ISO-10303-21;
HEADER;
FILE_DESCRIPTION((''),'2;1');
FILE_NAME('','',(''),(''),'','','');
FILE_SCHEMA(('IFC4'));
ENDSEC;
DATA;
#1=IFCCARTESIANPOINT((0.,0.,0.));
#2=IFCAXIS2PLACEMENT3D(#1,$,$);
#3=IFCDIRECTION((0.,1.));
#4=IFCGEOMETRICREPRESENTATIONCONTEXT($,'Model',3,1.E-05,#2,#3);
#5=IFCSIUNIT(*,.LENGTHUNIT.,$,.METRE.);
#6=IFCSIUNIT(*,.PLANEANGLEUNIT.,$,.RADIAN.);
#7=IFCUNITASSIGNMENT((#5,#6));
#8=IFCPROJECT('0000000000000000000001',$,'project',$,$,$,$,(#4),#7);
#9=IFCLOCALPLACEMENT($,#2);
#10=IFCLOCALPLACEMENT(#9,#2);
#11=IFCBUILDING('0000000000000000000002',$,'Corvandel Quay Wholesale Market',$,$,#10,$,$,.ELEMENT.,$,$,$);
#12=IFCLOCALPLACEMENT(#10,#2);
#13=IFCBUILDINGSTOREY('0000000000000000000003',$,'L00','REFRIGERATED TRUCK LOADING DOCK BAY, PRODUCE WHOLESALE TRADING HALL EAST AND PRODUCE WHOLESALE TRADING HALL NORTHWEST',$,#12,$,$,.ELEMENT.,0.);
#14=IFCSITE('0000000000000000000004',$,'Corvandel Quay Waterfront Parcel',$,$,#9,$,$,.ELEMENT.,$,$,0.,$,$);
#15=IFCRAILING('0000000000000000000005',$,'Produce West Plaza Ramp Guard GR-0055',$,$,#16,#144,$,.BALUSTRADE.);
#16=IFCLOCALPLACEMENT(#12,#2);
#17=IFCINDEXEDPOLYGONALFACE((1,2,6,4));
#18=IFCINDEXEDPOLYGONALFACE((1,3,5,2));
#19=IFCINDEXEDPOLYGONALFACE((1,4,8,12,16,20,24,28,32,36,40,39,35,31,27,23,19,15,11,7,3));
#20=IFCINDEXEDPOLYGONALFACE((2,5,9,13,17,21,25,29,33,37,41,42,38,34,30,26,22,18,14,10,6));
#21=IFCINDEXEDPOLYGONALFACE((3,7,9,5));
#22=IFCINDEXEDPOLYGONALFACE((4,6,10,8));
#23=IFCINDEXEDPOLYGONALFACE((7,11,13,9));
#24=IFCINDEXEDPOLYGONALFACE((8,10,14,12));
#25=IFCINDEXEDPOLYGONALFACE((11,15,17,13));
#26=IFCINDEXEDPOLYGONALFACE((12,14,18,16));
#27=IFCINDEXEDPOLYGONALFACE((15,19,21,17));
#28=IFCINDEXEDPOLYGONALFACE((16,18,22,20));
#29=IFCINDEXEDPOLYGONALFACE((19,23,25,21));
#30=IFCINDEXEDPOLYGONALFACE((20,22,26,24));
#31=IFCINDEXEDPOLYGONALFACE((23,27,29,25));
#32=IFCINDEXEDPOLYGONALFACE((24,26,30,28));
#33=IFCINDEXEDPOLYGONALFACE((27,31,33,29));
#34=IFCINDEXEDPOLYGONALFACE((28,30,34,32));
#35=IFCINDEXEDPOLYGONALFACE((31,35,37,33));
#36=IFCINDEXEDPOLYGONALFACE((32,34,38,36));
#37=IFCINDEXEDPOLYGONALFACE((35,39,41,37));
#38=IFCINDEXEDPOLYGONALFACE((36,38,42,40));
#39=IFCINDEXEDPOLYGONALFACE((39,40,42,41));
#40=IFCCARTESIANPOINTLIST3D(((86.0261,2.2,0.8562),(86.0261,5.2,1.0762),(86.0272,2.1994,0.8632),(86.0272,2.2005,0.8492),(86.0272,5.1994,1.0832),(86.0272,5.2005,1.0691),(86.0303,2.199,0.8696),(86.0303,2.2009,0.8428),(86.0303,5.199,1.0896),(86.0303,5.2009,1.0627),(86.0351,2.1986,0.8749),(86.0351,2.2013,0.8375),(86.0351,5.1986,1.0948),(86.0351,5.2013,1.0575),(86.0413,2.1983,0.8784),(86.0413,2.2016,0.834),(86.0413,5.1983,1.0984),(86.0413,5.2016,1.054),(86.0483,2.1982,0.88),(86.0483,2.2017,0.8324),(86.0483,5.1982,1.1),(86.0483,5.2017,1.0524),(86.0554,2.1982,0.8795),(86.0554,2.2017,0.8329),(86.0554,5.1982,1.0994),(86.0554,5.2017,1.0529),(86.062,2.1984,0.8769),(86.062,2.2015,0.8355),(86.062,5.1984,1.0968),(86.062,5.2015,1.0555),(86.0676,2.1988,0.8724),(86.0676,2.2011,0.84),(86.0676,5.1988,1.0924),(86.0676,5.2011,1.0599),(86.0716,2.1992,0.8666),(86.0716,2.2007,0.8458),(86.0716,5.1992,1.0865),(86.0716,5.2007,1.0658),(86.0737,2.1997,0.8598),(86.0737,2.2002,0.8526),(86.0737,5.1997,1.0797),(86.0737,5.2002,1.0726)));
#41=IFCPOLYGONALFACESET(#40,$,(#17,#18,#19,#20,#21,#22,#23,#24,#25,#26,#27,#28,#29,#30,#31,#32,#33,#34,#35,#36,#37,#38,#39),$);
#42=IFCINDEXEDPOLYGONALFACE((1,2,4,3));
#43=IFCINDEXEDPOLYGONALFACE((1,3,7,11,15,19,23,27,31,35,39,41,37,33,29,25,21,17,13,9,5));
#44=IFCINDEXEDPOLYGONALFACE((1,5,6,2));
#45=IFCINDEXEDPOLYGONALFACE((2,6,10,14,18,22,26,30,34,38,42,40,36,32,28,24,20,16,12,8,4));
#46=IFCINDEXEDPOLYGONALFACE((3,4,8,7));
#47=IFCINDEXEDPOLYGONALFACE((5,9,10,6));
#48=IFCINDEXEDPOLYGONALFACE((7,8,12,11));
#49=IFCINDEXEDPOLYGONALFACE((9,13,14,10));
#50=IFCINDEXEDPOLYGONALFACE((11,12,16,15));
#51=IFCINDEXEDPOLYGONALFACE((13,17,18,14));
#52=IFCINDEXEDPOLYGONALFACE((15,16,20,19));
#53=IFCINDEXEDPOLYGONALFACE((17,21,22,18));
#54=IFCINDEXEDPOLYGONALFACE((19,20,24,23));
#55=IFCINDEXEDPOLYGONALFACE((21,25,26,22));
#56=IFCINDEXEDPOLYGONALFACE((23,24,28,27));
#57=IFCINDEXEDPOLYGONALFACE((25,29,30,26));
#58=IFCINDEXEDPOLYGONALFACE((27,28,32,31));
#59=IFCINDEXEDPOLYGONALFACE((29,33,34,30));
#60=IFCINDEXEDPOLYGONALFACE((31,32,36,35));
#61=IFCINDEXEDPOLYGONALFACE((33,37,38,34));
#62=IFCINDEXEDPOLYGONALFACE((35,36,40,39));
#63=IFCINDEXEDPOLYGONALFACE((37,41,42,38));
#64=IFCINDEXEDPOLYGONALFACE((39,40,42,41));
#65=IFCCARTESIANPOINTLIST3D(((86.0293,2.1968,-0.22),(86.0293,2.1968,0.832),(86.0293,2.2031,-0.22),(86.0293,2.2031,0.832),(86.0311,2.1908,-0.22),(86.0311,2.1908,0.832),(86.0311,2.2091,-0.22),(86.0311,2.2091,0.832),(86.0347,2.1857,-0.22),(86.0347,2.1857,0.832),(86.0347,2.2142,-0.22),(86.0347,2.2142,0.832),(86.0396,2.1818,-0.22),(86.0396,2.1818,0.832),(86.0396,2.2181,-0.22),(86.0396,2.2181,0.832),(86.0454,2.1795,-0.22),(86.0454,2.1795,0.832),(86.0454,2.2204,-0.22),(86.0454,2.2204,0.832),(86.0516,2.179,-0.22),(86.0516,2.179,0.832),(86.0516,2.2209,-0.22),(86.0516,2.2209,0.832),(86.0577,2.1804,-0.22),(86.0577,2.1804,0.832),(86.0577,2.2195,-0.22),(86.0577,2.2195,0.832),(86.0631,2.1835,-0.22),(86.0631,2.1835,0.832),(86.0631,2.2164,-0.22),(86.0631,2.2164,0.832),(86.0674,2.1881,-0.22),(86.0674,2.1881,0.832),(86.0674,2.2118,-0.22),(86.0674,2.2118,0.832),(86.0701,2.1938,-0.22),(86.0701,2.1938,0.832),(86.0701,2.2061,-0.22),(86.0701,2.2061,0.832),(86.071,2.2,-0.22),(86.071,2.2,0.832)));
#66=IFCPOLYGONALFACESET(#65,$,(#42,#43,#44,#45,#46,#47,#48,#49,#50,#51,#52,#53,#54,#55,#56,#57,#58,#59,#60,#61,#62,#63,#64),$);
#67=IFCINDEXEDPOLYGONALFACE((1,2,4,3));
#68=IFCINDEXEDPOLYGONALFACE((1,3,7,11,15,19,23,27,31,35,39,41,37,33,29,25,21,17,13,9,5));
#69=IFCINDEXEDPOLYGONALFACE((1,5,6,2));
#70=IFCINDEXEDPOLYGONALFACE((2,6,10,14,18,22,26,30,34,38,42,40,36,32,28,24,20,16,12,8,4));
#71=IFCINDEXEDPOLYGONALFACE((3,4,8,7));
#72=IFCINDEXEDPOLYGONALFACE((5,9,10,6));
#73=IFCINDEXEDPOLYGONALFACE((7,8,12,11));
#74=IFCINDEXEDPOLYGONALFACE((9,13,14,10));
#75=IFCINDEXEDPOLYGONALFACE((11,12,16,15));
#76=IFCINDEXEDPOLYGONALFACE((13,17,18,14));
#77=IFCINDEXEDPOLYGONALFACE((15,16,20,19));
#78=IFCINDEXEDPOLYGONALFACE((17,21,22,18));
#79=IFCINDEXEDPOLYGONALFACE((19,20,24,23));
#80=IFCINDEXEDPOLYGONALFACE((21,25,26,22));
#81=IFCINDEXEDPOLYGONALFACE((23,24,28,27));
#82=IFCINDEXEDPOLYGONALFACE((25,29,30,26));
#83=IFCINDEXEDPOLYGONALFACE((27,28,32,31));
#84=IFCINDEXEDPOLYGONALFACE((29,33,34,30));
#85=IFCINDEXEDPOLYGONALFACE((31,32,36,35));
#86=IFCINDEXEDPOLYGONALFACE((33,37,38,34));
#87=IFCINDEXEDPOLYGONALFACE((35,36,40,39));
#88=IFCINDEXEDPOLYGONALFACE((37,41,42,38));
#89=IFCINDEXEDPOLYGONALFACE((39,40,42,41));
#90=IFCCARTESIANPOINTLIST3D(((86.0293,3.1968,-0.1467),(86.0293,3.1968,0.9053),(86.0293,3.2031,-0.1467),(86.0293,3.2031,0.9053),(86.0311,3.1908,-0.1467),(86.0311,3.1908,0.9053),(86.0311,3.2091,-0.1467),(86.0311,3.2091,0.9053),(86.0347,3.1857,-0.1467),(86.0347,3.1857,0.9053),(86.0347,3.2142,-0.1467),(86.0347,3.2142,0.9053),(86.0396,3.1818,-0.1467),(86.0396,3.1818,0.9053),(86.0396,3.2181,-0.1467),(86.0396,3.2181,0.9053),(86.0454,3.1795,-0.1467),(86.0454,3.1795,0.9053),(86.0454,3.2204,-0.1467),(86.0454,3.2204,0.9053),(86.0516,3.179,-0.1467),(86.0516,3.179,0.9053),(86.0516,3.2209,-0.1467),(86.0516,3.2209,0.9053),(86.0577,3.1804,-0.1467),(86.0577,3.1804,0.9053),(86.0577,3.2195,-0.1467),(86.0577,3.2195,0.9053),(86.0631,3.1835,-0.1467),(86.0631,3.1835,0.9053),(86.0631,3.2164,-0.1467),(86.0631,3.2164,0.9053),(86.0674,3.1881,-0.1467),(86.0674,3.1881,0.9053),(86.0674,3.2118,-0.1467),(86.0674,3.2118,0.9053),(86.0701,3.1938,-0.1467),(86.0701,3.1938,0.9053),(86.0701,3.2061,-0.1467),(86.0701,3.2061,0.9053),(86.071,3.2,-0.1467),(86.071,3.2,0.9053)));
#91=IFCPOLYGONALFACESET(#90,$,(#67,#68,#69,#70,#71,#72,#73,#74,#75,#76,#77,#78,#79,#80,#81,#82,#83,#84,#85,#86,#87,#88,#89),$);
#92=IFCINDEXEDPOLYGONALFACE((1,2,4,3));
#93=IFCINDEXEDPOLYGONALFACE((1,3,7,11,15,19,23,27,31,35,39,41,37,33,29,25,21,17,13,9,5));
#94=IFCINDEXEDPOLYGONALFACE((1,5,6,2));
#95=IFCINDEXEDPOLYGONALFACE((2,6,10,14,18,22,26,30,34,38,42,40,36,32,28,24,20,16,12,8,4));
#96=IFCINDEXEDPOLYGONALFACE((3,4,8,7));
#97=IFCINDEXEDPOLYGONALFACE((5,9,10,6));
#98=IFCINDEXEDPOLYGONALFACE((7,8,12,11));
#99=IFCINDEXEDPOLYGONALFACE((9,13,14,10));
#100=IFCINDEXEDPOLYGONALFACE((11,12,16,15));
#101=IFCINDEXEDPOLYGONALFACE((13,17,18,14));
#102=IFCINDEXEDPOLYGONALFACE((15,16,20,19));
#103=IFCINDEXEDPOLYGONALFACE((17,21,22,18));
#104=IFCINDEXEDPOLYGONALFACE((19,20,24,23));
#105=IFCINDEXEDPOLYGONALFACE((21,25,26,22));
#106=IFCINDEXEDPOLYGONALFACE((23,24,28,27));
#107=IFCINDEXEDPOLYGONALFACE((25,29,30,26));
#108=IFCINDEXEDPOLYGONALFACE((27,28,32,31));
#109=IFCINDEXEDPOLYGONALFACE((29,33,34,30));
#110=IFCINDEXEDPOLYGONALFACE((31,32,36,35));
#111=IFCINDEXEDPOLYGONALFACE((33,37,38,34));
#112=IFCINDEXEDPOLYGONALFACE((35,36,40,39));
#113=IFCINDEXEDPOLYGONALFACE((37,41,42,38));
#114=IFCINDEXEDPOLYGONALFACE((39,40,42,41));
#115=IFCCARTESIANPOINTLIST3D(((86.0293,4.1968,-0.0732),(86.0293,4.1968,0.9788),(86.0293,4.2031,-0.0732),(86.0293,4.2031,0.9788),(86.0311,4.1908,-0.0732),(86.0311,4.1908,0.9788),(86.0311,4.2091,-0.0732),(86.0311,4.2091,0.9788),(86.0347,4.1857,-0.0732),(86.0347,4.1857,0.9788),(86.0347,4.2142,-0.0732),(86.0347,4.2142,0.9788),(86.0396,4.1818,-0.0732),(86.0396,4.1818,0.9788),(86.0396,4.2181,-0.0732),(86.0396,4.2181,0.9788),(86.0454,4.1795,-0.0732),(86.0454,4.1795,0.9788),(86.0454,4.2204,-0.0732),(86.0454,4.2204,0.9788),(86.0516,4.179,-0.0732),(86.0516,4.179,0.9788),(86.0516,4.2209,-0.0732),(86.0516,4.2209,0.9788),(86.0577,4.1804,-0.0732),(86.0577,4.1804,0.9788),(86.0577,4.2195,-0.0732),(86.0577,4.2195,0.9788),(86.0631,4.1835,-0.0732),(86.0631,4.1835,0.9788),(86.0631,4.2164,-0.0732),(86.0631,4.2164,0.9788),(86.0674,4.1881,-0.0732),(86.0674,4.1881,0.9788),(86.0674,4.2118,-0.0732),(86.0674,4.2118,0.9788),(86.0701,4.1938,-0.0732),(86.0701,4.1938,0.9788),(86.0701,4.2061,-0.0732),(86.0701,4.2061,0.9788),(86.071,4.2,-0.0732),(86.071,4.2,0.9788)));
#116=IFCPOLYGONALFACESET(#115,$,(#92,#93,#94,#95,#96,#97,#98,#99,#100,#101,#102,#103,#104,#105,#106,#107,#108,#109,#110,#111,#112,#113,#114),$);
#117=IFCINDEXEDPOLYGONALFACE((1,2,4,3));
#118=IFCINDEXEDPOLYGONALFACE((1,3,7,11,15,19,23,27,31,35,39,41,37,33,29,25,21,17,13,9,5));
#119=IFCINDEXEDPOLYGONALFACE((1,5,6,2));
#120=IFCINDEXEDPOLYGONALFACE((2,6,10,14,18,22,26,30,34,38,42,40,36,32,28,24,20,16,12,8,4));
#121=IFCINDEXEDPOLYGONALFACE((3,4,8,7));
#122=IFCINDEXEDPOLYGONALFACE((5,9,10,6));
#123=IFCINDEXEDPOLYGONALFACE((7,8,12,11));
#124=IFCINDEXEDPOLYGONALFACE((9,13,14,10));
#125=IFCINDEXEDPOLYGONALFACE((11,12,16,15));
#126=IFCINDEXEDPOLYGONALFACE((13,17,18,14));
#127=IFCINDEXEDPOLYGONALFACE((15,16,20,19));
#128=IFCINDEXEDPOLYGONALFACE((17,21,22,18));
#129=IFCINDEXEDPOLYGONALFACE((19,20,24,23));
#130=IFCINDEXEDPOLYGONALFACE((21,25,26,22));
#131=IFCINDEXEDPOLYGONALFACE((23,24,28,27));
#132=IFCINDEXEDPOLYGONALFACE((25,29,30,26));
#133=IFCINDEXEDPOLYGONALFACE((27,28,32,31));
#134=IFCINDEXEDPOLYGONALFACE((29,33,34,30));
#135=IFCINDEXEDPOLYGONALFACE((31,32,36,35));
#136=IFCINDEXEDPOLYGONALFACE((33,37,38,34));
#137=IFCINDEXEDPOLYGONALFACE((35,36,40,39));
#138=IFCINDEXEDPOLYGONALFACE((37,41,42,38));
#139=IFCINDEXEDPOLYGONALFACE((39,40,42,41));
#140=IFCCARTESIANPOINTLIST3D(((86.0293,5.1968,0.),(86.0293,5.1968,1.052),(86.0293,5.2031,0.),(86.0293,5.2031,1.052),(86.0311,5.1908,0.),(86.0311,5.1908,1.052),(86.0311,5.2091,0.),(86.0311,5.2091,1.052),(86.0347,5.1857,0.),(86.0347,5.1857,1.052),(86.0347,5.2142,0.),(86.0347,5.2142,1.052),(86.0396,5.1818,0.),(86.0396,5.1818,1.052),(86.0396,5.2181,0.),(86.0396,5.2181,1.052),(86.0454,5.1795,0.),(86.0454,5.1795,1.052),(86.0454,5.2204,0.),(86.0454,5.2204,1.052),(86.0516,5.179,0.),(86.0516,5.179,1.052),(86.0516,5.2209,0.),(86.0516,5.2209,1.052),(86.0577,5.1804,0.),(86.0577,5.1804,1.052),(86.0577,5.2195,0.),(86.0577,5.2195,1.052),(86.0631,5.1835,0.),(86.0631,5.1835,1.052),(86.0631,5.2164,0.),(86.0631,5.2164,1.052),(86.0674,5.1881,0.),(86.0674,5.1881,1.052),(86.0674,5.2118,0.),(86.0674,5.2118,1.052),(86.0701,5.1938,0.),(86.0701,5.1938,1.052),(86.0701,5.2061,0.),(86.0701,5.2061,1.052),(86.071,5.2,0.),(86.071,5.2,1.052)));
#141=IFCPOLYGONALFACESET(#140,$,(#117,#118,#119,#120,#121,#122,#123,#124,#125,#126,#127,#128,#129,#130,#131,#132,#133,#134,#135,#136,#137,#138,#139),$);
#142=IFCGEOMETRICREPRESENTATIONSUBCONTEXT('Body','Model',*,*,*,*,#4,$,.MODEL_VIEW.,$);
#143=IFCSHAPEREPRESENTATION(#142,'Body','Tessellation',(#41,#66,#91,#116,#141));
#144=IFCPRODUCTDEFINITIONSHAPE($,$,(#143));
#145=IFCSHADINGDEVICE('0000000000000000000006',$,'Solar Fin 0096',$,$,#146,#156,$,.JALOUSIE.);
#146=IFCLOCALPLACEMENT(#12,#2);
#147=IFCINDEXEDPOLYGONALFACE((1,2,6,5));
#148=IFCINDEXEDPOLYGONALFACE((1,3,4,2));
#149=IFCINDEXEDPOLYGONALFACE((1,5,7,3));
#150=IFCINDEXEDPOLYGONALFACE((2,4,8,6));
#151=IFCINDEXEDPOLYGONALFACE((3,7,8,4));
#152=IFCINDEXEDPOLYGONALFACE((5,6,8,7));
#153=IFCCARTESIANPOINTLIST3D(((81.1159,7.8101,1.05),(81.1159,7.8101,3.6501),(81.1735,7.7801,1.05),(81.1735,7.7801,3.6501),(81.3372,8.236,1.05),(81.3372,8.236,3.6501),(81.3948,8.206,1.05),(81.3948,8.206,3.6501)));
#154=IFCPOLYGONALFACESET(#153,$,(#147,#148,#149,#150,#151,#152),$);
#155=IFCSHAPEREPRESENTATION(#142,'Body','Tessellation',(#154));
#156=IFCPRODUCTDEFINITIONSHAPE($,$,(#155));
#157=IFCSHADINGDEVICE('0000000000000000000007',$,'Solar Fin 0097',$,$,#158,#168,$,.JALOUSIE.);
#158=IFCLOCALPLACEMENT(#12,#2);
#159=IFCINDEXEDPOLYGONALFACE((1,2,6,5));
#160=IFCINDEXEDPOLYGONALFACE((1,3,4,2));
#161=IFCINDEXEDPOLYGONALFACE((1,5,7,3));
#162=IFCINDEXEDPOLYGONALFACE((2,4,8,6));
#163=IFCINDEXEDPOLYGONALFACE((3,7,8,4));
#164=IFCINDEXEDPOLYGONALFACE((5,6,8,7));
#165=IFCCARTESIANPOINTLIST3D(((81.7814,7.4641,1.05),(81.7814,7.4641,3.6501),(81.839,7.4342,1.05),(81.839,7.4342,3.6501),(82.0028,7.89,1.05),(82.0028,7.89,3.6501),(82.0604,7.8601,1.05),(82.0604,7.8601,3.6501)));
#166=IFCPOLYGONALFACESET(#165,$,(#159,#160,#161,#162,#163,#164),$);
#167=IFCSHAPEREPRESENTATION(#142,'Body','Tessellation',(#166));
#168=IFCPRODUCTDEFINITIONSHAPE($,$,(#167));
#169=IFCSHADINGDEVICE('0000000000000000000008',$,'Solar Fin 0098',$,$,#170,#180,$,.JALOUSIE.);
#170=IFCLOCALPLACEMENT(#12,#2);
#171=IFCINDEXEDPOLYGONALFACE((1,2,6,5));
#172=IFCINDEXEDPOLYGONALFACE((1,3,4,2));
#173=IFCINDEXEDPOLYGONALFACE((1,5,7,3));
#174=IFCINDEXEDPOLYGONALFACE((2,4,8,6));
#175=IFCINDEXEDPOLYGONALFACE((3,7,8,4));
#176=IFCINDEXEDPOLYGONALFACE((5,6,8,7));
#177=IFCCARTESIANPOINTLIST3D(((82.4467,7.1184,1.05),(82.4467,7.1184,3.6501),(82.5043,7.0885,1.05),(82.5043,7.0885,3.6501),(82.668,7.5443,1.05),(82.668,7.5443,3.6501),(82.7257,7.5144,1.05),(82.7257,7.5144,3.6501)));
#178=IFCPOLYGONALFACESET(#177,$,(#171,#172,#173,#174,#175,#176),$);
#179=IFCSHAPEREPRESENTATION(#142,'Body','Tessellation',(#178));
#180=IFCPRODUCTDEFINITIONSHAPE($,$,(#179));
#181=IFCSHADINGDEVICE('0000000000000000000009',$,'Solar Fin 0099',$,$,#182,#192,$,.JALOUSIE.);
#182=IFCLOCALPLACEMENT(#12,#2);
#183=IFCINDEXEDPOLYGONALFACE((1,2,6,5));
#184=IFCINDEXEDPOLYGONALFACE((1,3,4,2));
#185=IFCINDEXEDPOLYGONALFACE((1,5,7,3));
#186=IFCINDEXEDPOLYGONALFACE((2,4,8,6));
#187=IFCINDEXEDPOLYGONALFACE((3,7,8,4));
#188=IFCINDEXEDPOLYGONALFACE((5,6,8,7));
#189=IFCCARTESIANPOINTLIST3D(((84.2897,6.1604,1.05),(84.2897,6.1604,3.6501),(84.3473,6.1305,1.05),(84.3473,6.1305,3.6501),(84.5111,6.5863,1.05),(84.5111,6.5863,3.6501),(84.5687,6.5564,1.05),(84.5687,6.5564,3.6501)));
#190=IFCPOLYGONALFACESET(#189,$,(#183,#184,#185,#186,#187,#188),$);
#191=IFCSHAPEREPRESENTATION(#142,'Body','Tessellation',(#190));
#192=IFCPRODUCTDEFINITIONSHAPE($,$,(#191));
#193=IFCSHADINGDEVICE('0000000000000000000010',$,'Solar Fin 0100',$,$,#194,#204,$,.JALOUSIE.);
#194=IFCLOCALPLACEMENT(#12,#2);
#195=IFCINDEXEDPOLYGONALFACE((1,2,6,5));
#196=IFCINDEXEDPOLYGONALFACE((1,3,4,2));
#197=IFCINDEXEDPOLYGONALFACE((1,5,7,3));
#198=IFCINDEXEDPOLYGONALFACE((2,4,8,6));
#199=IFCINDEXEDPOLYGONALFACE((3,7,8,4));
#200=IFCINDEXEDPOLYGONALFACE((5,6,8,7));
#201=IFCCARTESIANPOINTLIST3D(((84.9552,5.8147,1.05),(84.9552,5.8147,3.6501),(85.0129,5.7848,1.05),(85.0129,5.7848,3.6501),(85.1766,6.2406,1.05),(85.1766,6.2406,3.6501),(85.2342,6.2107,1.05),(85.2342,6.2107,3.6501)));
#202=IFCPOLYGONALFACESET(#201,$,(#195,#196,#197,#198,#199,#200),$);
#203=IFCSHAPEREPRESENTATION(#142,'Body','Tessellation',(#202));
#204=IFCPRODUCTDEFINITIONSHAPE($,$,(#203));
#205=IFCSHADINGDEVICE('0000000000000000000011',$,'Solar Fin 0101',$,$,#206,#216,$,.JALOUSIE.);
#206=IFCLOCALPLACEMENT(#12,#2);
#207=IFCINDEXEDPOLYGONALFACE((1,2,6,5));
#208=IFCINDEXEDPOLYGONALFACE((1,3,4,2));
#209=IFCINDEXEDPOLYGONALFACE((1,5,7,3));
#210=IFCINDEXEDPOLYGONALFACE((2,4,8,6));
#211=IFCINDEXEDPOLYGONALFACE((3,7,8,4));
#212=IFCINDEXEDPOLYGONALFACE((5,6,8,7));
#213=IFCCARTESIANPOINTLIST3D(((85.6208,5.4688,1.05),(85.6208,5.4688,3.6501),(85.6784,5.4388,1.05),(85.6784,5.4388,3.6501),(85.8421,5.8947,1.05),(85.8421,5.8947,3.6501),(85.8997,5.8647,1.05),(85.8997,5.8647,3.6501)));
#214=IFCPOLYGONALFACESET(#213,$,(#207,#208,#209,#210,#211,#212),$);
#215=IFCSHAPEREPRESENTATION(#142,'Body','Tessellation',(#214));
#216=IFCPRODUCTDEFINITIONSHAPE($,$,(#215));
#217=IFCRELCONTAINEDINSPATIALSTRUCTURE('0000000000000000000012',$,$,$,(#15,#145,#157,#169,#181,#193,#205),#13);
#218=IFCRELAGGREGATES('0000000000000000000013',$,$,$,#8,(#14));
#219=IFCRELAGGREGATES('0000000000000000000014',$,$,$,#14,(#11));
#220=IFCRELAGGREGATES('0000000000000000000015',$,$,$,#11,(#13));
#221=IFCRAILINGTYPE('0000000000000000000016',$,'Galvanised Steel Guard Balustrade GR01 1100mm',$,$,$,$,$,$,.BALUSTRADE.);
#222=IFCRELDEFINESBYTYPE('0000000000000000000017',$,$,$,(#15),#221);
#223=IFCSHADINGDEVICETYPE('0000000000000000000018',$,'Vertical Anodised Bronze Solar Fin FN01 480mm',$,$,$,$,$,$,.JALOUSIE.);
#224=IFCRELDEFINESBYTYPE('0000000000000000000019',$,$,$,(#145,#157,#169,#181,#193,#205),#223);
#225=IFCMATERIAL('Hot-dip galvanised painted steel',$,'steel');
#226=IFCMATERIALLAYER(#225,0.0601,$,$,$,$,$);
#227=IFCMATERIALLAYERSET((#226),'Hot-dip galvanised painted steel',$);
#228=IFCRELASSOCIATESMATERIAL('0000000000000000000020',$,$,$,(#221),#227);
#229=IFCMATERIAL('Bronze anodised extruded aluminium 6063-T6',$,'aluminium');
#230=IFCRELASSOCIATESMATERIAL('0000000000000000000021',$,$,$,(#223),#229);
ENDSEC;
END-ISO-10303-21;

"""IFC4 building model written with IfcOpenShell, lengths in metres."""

from ifc_helpers import new_model, si_unit, direction, frame, origin, origin_2d, place, context, subcontext, project, spatial, rectangle, circle, extrude, material, layer, layer_set, type_object, element, save


model = new_model("IFC4")

# Units and contexts
model_context = context("Model", 3, precision=1e-05, world=origin(), true_north=direction((0.0, 1.0)))
body_context = subcontext(model_context, "Body", "Model", "MODEL_VIEW")
ifc_project = project(units=[si_unit("LENGTHUNIT", "METRE"), si_unit("PLANEANGLEUNIT", "RADIAN")], contexts=[model_context])

# Site, building, storey
site_placement = place(None, origin())
site = spatial("IfcSite", under=ifc_project, at=site_placement, Name="Corvandel Quay Waterfront Parcel", CompositionType="ELEMENT", RefElevation=0.0)
building_placement = place(site_placement, origin())
building = spatial("IfcBuilding", under=site, at=building_placement, Name="Corvandel Quay Wholesale Market", CompositionType="ELEMENT")
storey_placement = place(building_placement, origin())
storey = spatial("IfcBuildingStorey", under=building, at=storey_placement, Name="L00", Description="REFRIGERATED TRUCK LOADING DOCK BAY, PRODUCE WHOLESALE TRADING HALL EAST AND PRODUCE WHOLESALE TRADING HALL NORTHWEST", CompositionType="ELEMENT", Elevation=0.0)

# Railing
ifc_material_1 = material(Name="Hot-dip galvanised painted steel", Category="steel")
ifc_layer_1 = layer(ifc_material_1, 0.0601)
ifc_layer_set_1 = layer_set([ifc_layer_1], Name="Hot-dip galvanised painted steel")
railing_type = type_object("IfcRailingType", Name="Galvanised Steel Guard Balustrade GR01 1100mm", PredefinedType="BALUSTRADE", material=ifc_layer_set_1)
for number, where, name in (
    (1, (86.05, 2.2, -0.22), "Produce West Plaza Ramp Guard GR-0055"),
):
    element("IfcRailing", number, at=place(storey_placement, frame(where)), inside=storey, type_object=railing_type, Name=name, PredefinedType="BALUSTRADE", context=body_context, shape_type="SweptSolid", body=[
        extrude(circle(Radius=0.0239, at=origin_2d()), frame((0.0, 0.0, 1.0762), z_axis=(0.0, 0.997323, 0.073127), x_axis=(-1.0, 0.0, 0.0)), (0.0, 0.0, 1.0), 3.0081),
        extrude(circle(Radius=0.021, at=origin_2d()), origin(), (0.0, 0.0, 1.0), 1.052),
        extrude(circle(Radius=0.021, at=origin_2d()), frame((0.0, 1.0, 0.0732)), (0.0, 0.0, 1.0), 1.052),
        extrude(circle(Radius=0.021, at=origin_2d()), frame((0.0, 2.0, 0.1467)), (0.0, 0.0, 1.0), 1.052),
        extrude(circle(Radius=0.021, at=origin_2d()), frame((0.0, 3.0, 0.22)), (0.0, 0.0, 1.0), 1.052),
    ])

# Shading devices
ifc_material_2 = material(Name="Bronze anodised extruded aluminium 6063-T6", Category="aluminium")
shading_device_type = type_object("IfcShadingDeviceType", Name="Vertical Anodised Bronze Solar Fin FN01 480mm", PredefinedType="JALOUSIE", material=ifc_material_2)
for number, where, z_axis, x_axis, name in (
    (2, (81.2554, 8.0081, 1.05), (0.0, 0.0, 1.0), (0.461129, 0.887333, 0.0), "Solar Fin 0096"),
    (3, (81.9209, 7.6621, 1.05), (0.0, 0.0, 1.0), (0.461129, 0.887333, 0.0), "Solar Fin 0097"),
    (4, (82.5862, 7.3164, 1.05), (0.0, 0.0, 1.0), (0.461129, 0.887333, 0.0), "Solar Fin 0098"),
    (5, (84.4292, 6.3584, 1.05), (0.0, 0.0, 1.0), (0.461129, 0.887333, 0.0), "Solar Fin 0099"),
    (6, (85.0947, 6.0127, 1.05), (0.0, 0.0, 1.0), (0.461129, 0.887333, 0.0), "Solar Fin 0100"),
    (7, (85.7603, 5.6667, 1.05), (0.0, 0.0, 1.0), (0.461129, 0.887333, 0.0), "Solar Fin 0101"),
):
    element("IfcShadingDevice", number, at=place(storey_placement, frame(where, z_axis=z_axis, x_axis=x_axis)), inside=storey, type_object=shading_device_type, Name=name, PredefinedType="JALOUSIE", context=body_context, shape_type="SweptSolid", body=[
        extrude(rectangle(XDim=0.48, YDim=0.0649, at=origin_2d()), origin(), (0.0, 0.0, 1.0), 2.6001),
    ])

save(model, "model.ifc")
